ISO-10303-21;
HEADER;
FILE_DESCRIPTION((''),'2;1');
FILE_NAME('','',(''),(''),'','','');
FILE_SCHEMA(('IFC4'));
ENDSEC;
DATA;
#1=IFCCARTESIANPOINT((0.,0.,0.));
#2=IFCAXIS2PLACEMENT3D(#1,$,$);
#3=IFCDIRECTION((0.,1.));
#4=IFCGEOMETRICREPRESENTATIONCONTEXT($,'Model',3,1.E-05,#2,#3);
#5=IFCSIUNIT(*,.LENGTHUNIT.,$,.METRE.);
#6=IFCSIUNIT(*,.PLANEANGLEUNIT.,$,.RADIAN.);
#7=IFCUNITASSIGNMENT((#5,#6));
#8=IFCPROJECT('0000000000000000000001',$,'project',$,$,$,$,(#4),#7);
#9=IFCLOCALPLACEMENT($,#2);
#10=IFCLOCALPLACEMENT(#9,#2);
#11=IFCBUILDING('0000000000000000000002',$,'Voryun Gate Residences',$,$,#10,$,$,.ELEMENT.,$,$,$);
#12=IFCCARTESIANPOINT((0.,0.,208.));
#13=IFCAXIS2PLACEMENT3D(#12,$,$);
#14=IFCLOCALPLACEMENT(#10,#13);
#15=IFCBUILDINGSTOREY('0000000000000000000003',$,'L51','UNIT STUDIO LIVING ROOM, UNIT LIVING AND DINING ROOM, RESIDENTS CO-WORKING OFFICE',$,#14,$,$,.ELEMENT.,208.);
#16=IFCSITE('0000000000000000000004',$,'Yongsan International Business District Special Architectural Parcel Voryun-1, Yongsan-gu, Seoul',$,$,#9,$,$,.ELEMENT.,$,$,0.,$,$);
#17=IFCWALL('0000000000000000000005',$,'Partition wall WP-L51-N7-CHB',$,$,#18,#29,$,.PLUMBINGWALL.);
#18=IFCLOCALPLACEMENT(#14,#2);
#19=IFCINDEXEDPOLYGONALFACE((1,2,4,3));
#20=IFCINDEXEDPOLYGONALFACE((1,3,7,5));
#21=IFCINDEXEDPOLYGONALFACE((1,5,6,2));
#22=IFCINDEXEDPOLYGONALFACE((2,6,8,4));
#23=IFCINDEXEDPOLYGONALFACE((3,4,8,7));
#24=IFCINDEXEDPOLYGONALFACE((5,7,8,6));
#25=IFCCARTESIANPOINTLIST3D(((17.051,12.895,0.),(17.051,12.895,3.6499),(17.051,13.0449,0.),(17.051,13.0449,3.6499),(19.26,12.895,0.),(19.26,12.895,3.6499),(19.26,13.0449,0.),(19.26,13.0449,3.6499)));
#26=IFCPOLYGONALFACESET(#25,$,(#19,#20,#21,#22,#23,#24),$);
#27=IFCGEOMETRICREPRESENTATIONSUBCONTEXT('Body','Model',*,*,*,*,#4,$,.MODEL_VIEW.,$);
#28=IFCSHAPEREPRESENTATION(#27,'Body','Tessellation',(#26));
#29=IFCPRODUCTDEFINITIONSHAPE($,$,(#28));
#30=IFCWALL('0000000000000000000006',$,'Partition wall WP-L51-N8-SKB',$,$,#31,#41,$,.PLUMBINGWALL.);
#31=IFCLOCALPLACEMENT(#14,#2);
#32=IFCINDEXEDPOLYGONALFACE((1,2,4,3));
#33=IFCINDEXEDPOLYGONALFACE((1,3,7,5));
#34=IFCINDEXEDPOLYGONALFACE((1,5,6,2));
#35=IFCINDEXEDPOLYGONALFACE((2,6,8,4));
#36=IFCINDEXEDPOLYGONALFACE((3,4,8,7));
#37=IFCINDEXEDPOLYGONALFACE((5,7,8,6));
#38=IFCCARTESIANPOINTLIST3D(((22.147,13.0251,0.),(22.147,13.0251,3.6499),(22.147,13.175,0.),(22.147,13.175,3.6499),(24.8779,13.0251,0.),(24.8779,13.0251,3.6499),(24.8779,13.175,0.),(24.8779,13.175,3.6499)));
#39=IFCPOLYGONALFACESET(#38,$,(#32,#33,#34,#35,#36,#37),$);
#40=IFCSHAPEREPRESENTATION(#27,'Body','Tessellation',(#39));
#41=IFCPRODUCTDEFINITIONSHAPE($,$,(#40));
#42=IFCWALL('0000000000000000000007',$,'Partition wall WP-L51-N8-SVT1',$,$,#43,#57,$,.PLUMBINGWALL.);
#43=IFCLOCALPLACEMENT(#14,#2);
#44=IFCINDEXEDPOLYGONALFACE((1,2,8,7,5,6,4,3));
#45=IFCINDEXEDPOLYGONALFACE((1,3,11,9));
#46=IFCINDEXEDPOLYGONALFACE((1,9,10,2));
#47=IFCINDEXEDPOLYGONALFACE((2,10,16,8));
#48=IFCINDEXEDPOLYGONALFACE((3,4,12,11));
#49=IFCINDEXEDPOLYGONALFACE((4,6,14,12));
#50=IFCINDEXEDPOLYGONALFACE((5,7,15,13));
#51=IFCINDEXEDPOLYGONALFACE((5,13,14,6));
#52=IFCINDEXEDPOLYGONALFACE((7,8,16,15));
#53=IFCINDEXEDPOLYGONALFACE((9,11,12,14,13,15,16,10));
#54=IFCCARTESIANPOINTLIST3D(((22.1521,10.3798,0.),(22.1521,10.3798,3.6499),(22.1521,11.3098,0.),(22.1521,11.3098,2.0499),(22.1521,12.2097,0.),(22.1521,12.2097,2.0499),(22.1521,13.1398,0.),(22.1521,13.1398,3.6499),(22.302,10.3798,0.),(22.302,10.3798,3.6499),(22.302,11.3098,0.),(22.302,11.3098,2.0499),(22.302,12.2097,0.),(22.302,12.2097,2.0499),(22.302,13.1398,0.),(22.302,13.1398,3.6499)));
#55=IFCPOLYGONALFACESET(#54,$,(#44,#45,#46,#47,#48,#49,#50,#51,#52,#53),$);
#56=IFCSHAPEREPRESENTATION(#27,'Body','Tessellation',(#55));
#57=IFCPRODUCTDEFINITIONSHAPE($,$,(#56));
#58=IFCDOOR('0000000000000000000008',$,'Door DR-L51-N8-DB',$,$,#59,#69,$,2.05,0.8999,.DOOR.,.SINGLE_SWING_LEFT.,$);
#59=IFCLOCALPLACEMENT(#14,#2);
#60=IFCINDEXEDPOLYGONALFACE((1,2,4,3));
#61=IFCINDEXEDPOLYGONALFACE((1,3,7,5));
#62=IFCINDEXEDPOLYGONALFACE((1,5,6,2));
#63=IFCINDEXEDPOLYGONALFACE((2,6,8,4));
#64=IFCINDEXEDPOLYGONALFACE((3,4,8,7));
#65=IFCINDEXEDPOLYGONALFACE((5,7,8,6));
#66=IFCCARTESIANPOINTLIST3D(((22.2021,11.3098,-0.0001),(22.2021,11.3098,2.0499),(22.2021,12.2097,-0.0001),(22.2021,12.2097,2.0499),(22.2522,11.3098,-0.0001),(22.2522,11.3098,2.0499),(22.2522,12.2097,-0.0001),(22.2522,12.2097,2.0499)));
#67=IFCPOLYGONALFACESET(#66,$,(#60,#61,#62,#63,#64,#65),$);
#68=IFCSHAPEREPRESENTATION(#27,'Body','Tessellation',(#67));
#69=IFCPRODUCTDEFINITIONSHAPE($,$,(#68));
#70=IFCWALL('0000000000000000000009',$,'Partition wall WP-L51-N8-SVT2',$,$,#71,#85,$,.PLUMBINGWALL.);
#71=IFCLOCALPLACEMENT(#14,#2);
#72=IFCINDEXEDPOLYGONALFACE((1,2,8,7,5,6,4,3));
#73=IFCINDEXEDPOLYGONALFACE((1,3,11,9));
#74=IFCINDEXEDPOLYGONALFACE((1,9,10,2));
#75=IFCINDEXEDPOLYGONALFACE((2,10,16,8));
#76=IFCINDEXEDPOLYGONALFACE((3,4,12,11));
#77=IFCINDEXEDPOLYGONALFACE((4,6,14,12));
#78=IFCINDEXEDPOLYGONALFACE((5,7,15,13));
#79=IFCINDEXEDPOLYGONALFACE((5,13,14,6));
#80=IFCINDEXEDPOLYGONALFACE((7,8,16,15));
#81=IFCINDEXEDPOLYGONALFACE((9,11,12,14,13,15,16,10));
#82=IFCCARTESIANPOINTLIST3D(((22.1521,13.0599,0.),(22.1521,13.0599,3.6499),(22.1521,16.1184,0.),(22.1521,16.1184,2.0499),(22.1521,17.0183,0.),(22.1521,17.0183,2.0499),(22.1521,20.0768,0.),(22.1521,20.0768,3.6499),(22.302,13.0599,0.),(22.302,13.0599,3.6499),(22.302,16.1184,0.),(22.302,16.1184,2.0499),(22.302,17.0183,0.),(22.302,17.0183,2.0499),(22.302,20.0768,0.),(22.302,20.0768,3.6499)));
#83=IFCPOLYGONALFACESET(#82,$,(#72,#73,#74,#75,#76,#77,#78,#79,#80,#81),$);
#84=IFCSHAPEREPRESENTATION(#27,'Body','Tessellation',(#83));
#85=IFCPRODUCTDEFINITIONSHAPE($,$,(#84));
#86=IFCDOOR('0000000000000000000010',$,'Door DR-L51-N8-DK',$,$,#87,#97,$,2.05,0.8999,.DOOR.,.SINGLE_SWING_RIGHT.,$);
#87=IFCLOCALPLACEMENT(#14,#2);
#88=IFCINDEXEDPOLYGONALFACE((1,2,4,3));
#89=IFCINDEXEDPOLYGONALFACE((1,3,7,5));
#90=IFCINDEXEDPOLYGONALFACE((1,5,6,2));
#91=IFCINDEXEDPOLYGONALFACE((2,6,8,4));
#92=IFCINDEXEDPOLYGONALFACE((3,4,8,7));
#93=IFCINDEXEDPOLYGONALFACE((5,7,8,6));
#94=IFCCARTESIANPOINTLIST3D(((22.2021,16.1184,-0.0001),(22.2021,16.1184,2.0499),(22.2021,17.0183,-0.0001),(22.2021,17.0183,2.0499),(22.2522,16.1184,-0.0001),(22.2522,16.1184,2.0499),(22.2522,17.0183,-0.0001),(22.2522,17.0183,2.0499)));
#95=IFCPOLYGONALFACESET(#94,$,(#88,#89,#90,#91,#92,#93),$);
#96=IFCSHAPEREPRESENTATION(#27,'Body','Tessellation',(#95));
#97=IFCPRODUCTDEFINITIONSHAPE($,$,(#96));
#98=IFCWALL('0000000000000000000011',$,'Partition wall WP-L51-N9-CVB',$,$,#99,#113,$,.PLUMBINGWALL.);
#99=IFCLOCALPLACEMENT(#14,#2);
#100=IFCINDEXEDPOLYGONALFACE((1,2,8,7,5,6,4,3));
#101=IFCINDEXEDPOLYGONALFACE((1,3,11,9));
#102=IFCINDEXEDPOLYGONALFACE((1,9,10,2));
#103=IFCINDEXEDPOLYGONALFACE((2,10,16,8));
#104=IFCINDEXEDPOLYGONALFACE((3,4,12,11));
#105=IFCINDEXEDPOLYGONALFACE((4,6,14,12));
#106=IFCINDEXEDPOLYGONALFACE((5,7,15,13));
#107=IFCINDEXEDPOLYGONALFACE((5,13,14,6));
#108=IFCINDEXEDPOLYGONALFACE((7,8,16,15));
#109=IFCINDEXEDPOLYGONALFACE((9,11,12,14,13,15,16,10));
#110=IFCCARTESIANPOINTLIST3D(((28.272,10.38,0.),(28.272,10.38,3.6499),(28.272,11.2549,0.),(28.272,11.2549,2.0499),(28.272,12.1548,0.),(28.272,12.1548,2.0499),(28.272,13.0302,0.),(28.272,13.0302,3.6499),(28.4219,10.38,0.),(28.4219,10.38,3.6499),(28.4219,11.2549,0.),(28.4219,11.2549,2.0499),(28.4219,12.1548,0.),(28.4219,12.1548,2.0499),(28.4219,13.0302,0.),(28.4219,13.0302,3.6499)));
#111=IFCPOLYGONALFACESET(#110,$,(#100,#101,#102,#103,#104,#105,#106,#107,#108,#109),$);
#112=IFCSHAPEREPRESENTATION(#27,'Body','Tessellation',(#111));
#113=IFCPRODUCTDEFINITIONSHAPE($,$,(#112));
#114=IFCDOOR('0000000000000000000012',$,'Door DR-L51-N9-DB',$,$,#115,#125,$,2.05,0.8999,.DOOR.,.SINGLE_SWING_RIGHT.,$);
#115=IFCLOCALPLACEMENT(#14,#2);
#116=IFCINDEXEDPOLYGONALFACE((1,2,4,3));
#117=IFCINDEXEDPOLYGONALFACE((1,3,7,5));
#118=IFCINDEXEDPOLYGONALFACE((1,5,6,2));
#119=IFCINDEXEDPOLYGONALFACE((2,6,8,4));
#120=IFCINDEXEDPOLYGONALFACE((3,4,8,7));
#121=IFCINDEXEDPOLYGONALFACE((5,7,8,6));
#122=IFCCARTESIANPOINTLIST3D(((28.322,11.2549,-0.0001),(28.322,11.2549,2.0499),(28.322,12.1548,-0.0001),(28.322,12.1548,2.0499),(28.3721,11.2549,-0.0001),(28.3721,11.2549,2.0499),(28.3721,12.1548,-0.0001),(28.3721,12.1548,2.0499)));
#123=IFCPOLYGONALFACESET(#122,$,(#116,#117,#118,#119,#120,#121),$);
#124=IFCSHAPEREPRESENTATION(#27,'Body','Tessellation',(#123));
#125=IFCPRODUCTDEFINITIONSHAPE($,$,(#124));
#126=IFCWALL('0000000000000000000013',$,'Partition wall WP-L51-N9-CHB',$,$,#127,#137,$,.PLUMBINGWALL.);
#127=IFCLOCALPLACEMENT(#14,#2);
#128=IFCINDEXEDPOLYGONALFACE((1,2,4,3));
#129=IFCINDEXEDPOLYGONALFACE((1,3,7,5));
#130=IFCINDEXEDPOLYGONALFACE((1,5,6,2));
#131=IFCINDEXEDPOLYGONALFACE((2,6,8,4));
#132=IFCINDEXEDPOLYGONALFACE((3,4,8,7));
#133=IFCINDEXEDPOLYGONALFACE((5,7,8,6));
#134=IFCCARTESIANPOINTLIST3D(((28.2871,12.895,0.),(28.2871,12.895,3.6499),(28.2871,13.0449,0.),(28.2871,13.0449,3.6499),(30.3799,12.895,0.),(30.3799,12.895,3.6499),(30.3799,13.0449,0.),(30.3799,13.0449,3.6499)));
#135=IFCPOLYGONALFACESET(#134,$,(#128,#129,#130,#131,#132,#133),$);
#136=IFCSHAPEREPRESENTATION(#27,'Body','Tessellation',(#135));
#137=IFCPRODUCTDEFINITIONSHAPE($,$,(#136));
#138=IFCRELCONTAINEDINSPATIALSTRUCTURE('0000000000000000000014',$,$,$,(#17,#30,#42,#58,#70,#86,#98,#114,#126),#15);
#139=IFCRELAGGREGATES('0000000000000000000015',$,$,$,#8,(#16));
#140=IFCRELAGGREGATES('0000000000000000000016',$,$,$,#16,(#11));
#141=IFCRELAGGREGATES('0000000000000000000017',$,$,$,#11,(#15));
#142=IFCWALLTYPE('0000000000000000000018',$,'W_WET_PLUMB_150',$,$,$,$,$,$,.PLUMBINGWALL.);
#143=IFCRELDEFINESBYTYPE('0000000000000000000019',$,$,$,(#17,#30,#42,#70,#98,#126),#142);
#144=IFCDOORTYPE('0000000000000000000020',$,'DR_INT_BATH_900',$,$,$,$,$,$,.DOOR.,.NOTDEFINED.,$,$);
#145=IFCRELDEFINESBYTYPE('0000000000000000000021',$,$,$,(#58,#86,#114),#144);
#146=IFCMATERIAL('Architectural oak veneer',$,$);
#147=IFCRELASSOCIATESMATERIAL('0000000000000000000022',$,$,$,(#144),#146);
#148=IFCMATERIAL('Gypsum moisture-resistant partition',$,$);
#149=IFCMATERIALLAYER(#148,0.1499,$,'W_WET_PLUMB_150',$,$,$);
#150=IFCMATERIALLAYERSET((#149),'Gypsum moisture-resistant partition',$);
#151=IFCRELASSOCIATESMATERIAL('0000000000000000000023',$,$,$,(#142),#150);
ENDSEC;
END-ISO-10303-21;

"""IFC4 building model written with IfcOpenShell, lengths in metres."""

from ifc_helpers import new_model, si_unit, direction, frame, frame_2d, origin, place, context, subcontext, project, spatial, rectangle, extrude, material, layer, layer_set, type_object, element, fill, save


model = new_model("IFC4")

# Units and contexts
model_context = context("Model", 3, precision=1e-05, world=origin(), true_north=direction((0.0, 1.0)))
body_context = subcontext(model_context, "Body", "Model", "MODEL_VIEW")
ifc_project = project(units=[si_unit("LENGTHUNIT", "METRE"), si_unit("PLANEANGLEUNIT", "RADIAN")], contexts=[model_context])

# Site, building, storey
site_placement = place(None, origin())
site = spatial("IfcSite", under=ifc_project, at=site_placement, Name="Yongsan International Business District Special Architectural Parcel Voryun-1, Yongsan-gu, Seoul", CompositionType="ELEMENT", RefElevation=0.0)
building_placement = place(site_placement, origin())
building = spatial("IfcBuilding", under=site, at=building_placement, Name="Voryun Gate Residences", CompositionType="ELEMENT")
storey_placement = place(building_placement, frame((0.0, 0.0, 208.0)))
storey = spatial("IfcBuildingStorey", under=building, at=storey_placement, Name="L51", Description="UNIT STUDIO LIVING ROOM, UNIT LIVING AND DINING ROOM, RESIDENTS CO-WORKING OFFICE", CompositionType="ELEMENT", Elevation=208.0)

# Shared definitions
ifc_material_1 = material(Name="Architectural oak veneer")
door_type = type_object("IfcDoorType", Name="DR_INT_BATH_900", OperationType="NOTDEFINED", PredefinedType="DOOR", material=ifc_material_1)

# Shared definitions
ifc_material_2 = material(Name="Gypsum moisture-resistant partition")
ifc_layer_1 = layer(ifc_material_2, 0.1499, Name="W_WET_PLUMB_150")
ifc_layer_set_1 = layer_set([ifc_layer_1], Name="Gypsum moisture-resistant partition")
wall_type_1 = type_object("IfcWallType", Name="W_WET_PLUMB_150", PredefinedType="PLUMBINGWALL", material=ifc_layer_set_1)

# Walls
wall_1_placement = place(storey_placement, frame((17.051, 12.97, 0.0), z_axis=(0.0, 0.0, 1.0), x_axis=(1.0, 0.0, 0.0)))
element("IfcWall", 1, at=wall_1_placement, inside=storey, type_object=wall_type_1, Name="Partition wall WP-L51-N7-CHB", PredefinedType="PLUMBINGWALL", context=body_context, shape_type="SweptSolid", body=[
    extrude(rectangle(XDim=2.209, YDim=0.1499, at=frame_2d((1.1045, 0.0))), origin(), (0.0, 0.0, 1.0), 3.6499),
])
wall_2_placement = place(storey_placement, frame((22.147, 13.1001, 0.0), z_axis=(0.0, 0.0, 1.0), x_axis=(1.0, 0.0, 0.0)))
element("IfcWall", 2, at=wall_2_placement, inside=storey, type_object=wall_type_1, Name="Partition wall WP-L51-N8-SKB", PredefinedType="PLUMBINGWALL", context=body_context, shape_type="SweptSolid", body=[
    extrude(rectangle(XDim=2.731, YDim=0.1499, at=frame_2d((1.3655, 0.0))), origin(), (0.0, 0.0, 1.0), 3.6499),
])

# Walls, openings, doors
wall_3_placement = place(storey_placement, frame((22.2271, 10.3799, 0.0), z_axis=(0.0, 0.0, 1.0), x_axis=(0.0, 1.0, 0.0)))
wall_3 = element("IfcWall", 3, at=wall_3_placement, inside=storey, type_object=wall_type_1, Name="Partition wall WP-L51-N8-SVT1", PredefinedType="PLUMBINGWALL", context=body_context, shape_type="SweptSolid", body=[
    extrude(rectangle(XDim=2.76, YDim=0.1499, at=frame_2d((1.3799, 0.0))), origin(), (0.0, 0.0, 1.0), 3.6499),
])
opening_1_placement = place(wall_3_placement, frame((0.9299, 0.0, 0.0)))
opening_1 = element("IfcOpeningElement", 4, at=opening_1_placement, cuts=wall_3, PredefinedType="OPENING", context=body_context, shape_type="SweptSolid", body=[
    extrude(rectangle(XDim=0.8999, YDim=2.05, at=frame_2d((0.45, 1.0249))), frame((0.0, 0.085, 0.0), z_axis=(0.0, -1.0, 0.0), x_axis=(1.0, 0.0, 0.0)), (0.0, 0.0, 1.0), 0.1699),
])
door_1_placement = place(opening_1_placement, origin())
door_1 = element("IfcDoor", 5, at=door_1_placement, inside=storey, type_object=door_type, Name="Door DR-L51-N8-DB", OperationType="SINGLE_SWING_LEFT", OverallHeight=2.05, OverallWidth=0.8999, PredefinedType="DOOR", context=body_context, shape_type="SweptSolid", body=[
    extrude(rectangle(XDim=0.8999, YDim=2.05, at=frame_2d((0.45, 1.0249))), frame((0.0, 0.0249, 0.0), z_axis=(0.0, -1.0, 0.0), x_axis=(1.0, 0.0, 0.0)), (0.0, 0.0, 1.0), 0.05),
])
fill(opening_1, door_1)
wall_4_placement = place(storey_placement, frame((22.2271, 13.0601, 0.0), z_axis=(0.0, 0.0, 1.0), x_axis=(0.0, 1.0, 0.0)))
wall_4 = element("IfcWall", 6, at=wall_4_placement, inside=storey, type_object=wall_type_1, Name="Partition wall WP-L51-N8-SVT2", PredefinedType="PLUMBINGWALL", context=body_context, shape_type="SweptSolid", body=[
    extrude(rectangle(XDim=7.0168, YDim=0.1499, at=frame_2d((3.5083, 0.0))), origin(), (0.0, 0.0, 1.0), 3.6499),
])
opening_2_placement = place(wall_4_placement, frame((3.0583, 0.0, 0.0)))
opening_2 = element("IfcOpeningElement", 7, at=opening_2_placement, cuts=wall_4, PredefinedType="OPENING", context=body_context, shape_type="SweptSolid", body=[
    extrude(rectangle(XDim=0.8999, YDim=2.05, at=frame_2d((0.45, 1.0249))), frame((0.0, 0.085, 0.0), z_axis=(0.0, -1.0, 0.0), x_axis=(1.0, 0.0, 0.0)), (0.0, 0.0, 1.0), 0.1699),
])
door_2_placement = place(opening_2_placement, origin())
door_2 = element("IfcDoor", 8, at=door_2_placement, inside=storey, type_object=door_type, Name="Door DR-L51-N8-DK", OperationType="SINGLE_SWING_RIGHT", OverallHeight=2.05, OverallWidth=0.8999, PredefinedType="DOOR", context=body_context, shape_type="SweptSolid", body=[
    extrude(rectangle(XDim=0.8999, YDim=2.05, at=frame_2d((0.45, 1.0249))), frame((0.0, 0.0249, 0.0), z_axis=(0.0, -1.0, 0.0), x_axis=(1.0, 0.0, 0.0)), (0.0, 0.0, 1.0), 0.05),
])
fill(opening_2, door_2)
wall_5_placement = place(storey_placement, frame((28.3469, 10.3799, 0.0), z_axis=(0.0, 0.0, 1.0), x_axis=(0.0, 1.0, 0.0)))
wall_5 = element("IfcWall", 9, at=wall_5_placement, inside=storey, type_object=wall_type_1, Name="Partition wall WP-L51-N9-CVB", PredefinedType="PLUMBINGWALL", context=body_context, shape_type="SweptSolid", body=[
    extrude(rectangle(XDim=2.6501, YDim=0.1499, at=frame_2d((1.3252, 0.0))), origin(), (0.0, 0.0, 1.0), 3.6499),
])
opening_3_placement = place(wall_5_placement, frame((0.875, 0.0, 0.0)))
opening_3 = element("IfcOpeningElement", 10, at=opening_3_placement, cuts=wall_5, PredefinedType="OPENING", context=body_context, shape_type="SweptSolid", body=[
    extrude(rectangle(XDim=0.8999, YDim=2.05, at=frame_2d((0.45, 1.0249))), frame((0.0, 0.085, 0.0), z_axis=(0.0, -1.0, 0.0), x_axis=(1.0, 0.0, 0.0)), (0.0, 0.0, 1.0), 0.1699),
])
door_3_placement = place(opening_3_placement, origin())
door_3 = element("IfcDoor", 11, at=door_3_placement, inside=storey, type_object=door_type, Name="Door DR-L51-N9-DB", OperationType="SINGLE_SWING_RIGHT", OverallHeight=2.05, OverallWidth=0.8999, PredefinedType="DOOR", context=body_context, shape_type="SweptSolid", body=[
    extrude(rectangle(XDim=0.8999, YDim=2.05, at=frame_2d((0.45, 1.0249))), frame((0.0, 0.0249, 0.0), z_axis=(0.0, -1.0, 0.0), x_axis=(1.0, 0.0, 0.0)), (0.0, 0.0, 1.0), 0.05),
])
fill(opening_3, door_3)

# Wall
wall_6_placement = place(storey_placement, frame((28.2871, 12.97, 0.0), z_axis=(0.0, 0.0, 1.0), x_axis=(1.0, 0.0, 0.0)))
element("IfcWall", 12, at=wall_6_placement, inside=storey, type_object=wall_type_1, Name="Partition wall WP-L51-N9-CHB", PredefinedType="PLUMBINGWALL", context=body_context, shape_type="SweptSolid", body=[
    extrude(rectangle(XDim=2.0928, YDim=0.1499, at=frame_2d((1.0464, 0.0))), origin(), (0.0, 0.0, 1.0), 3.6499),
])

save(model, "model.ifc")
